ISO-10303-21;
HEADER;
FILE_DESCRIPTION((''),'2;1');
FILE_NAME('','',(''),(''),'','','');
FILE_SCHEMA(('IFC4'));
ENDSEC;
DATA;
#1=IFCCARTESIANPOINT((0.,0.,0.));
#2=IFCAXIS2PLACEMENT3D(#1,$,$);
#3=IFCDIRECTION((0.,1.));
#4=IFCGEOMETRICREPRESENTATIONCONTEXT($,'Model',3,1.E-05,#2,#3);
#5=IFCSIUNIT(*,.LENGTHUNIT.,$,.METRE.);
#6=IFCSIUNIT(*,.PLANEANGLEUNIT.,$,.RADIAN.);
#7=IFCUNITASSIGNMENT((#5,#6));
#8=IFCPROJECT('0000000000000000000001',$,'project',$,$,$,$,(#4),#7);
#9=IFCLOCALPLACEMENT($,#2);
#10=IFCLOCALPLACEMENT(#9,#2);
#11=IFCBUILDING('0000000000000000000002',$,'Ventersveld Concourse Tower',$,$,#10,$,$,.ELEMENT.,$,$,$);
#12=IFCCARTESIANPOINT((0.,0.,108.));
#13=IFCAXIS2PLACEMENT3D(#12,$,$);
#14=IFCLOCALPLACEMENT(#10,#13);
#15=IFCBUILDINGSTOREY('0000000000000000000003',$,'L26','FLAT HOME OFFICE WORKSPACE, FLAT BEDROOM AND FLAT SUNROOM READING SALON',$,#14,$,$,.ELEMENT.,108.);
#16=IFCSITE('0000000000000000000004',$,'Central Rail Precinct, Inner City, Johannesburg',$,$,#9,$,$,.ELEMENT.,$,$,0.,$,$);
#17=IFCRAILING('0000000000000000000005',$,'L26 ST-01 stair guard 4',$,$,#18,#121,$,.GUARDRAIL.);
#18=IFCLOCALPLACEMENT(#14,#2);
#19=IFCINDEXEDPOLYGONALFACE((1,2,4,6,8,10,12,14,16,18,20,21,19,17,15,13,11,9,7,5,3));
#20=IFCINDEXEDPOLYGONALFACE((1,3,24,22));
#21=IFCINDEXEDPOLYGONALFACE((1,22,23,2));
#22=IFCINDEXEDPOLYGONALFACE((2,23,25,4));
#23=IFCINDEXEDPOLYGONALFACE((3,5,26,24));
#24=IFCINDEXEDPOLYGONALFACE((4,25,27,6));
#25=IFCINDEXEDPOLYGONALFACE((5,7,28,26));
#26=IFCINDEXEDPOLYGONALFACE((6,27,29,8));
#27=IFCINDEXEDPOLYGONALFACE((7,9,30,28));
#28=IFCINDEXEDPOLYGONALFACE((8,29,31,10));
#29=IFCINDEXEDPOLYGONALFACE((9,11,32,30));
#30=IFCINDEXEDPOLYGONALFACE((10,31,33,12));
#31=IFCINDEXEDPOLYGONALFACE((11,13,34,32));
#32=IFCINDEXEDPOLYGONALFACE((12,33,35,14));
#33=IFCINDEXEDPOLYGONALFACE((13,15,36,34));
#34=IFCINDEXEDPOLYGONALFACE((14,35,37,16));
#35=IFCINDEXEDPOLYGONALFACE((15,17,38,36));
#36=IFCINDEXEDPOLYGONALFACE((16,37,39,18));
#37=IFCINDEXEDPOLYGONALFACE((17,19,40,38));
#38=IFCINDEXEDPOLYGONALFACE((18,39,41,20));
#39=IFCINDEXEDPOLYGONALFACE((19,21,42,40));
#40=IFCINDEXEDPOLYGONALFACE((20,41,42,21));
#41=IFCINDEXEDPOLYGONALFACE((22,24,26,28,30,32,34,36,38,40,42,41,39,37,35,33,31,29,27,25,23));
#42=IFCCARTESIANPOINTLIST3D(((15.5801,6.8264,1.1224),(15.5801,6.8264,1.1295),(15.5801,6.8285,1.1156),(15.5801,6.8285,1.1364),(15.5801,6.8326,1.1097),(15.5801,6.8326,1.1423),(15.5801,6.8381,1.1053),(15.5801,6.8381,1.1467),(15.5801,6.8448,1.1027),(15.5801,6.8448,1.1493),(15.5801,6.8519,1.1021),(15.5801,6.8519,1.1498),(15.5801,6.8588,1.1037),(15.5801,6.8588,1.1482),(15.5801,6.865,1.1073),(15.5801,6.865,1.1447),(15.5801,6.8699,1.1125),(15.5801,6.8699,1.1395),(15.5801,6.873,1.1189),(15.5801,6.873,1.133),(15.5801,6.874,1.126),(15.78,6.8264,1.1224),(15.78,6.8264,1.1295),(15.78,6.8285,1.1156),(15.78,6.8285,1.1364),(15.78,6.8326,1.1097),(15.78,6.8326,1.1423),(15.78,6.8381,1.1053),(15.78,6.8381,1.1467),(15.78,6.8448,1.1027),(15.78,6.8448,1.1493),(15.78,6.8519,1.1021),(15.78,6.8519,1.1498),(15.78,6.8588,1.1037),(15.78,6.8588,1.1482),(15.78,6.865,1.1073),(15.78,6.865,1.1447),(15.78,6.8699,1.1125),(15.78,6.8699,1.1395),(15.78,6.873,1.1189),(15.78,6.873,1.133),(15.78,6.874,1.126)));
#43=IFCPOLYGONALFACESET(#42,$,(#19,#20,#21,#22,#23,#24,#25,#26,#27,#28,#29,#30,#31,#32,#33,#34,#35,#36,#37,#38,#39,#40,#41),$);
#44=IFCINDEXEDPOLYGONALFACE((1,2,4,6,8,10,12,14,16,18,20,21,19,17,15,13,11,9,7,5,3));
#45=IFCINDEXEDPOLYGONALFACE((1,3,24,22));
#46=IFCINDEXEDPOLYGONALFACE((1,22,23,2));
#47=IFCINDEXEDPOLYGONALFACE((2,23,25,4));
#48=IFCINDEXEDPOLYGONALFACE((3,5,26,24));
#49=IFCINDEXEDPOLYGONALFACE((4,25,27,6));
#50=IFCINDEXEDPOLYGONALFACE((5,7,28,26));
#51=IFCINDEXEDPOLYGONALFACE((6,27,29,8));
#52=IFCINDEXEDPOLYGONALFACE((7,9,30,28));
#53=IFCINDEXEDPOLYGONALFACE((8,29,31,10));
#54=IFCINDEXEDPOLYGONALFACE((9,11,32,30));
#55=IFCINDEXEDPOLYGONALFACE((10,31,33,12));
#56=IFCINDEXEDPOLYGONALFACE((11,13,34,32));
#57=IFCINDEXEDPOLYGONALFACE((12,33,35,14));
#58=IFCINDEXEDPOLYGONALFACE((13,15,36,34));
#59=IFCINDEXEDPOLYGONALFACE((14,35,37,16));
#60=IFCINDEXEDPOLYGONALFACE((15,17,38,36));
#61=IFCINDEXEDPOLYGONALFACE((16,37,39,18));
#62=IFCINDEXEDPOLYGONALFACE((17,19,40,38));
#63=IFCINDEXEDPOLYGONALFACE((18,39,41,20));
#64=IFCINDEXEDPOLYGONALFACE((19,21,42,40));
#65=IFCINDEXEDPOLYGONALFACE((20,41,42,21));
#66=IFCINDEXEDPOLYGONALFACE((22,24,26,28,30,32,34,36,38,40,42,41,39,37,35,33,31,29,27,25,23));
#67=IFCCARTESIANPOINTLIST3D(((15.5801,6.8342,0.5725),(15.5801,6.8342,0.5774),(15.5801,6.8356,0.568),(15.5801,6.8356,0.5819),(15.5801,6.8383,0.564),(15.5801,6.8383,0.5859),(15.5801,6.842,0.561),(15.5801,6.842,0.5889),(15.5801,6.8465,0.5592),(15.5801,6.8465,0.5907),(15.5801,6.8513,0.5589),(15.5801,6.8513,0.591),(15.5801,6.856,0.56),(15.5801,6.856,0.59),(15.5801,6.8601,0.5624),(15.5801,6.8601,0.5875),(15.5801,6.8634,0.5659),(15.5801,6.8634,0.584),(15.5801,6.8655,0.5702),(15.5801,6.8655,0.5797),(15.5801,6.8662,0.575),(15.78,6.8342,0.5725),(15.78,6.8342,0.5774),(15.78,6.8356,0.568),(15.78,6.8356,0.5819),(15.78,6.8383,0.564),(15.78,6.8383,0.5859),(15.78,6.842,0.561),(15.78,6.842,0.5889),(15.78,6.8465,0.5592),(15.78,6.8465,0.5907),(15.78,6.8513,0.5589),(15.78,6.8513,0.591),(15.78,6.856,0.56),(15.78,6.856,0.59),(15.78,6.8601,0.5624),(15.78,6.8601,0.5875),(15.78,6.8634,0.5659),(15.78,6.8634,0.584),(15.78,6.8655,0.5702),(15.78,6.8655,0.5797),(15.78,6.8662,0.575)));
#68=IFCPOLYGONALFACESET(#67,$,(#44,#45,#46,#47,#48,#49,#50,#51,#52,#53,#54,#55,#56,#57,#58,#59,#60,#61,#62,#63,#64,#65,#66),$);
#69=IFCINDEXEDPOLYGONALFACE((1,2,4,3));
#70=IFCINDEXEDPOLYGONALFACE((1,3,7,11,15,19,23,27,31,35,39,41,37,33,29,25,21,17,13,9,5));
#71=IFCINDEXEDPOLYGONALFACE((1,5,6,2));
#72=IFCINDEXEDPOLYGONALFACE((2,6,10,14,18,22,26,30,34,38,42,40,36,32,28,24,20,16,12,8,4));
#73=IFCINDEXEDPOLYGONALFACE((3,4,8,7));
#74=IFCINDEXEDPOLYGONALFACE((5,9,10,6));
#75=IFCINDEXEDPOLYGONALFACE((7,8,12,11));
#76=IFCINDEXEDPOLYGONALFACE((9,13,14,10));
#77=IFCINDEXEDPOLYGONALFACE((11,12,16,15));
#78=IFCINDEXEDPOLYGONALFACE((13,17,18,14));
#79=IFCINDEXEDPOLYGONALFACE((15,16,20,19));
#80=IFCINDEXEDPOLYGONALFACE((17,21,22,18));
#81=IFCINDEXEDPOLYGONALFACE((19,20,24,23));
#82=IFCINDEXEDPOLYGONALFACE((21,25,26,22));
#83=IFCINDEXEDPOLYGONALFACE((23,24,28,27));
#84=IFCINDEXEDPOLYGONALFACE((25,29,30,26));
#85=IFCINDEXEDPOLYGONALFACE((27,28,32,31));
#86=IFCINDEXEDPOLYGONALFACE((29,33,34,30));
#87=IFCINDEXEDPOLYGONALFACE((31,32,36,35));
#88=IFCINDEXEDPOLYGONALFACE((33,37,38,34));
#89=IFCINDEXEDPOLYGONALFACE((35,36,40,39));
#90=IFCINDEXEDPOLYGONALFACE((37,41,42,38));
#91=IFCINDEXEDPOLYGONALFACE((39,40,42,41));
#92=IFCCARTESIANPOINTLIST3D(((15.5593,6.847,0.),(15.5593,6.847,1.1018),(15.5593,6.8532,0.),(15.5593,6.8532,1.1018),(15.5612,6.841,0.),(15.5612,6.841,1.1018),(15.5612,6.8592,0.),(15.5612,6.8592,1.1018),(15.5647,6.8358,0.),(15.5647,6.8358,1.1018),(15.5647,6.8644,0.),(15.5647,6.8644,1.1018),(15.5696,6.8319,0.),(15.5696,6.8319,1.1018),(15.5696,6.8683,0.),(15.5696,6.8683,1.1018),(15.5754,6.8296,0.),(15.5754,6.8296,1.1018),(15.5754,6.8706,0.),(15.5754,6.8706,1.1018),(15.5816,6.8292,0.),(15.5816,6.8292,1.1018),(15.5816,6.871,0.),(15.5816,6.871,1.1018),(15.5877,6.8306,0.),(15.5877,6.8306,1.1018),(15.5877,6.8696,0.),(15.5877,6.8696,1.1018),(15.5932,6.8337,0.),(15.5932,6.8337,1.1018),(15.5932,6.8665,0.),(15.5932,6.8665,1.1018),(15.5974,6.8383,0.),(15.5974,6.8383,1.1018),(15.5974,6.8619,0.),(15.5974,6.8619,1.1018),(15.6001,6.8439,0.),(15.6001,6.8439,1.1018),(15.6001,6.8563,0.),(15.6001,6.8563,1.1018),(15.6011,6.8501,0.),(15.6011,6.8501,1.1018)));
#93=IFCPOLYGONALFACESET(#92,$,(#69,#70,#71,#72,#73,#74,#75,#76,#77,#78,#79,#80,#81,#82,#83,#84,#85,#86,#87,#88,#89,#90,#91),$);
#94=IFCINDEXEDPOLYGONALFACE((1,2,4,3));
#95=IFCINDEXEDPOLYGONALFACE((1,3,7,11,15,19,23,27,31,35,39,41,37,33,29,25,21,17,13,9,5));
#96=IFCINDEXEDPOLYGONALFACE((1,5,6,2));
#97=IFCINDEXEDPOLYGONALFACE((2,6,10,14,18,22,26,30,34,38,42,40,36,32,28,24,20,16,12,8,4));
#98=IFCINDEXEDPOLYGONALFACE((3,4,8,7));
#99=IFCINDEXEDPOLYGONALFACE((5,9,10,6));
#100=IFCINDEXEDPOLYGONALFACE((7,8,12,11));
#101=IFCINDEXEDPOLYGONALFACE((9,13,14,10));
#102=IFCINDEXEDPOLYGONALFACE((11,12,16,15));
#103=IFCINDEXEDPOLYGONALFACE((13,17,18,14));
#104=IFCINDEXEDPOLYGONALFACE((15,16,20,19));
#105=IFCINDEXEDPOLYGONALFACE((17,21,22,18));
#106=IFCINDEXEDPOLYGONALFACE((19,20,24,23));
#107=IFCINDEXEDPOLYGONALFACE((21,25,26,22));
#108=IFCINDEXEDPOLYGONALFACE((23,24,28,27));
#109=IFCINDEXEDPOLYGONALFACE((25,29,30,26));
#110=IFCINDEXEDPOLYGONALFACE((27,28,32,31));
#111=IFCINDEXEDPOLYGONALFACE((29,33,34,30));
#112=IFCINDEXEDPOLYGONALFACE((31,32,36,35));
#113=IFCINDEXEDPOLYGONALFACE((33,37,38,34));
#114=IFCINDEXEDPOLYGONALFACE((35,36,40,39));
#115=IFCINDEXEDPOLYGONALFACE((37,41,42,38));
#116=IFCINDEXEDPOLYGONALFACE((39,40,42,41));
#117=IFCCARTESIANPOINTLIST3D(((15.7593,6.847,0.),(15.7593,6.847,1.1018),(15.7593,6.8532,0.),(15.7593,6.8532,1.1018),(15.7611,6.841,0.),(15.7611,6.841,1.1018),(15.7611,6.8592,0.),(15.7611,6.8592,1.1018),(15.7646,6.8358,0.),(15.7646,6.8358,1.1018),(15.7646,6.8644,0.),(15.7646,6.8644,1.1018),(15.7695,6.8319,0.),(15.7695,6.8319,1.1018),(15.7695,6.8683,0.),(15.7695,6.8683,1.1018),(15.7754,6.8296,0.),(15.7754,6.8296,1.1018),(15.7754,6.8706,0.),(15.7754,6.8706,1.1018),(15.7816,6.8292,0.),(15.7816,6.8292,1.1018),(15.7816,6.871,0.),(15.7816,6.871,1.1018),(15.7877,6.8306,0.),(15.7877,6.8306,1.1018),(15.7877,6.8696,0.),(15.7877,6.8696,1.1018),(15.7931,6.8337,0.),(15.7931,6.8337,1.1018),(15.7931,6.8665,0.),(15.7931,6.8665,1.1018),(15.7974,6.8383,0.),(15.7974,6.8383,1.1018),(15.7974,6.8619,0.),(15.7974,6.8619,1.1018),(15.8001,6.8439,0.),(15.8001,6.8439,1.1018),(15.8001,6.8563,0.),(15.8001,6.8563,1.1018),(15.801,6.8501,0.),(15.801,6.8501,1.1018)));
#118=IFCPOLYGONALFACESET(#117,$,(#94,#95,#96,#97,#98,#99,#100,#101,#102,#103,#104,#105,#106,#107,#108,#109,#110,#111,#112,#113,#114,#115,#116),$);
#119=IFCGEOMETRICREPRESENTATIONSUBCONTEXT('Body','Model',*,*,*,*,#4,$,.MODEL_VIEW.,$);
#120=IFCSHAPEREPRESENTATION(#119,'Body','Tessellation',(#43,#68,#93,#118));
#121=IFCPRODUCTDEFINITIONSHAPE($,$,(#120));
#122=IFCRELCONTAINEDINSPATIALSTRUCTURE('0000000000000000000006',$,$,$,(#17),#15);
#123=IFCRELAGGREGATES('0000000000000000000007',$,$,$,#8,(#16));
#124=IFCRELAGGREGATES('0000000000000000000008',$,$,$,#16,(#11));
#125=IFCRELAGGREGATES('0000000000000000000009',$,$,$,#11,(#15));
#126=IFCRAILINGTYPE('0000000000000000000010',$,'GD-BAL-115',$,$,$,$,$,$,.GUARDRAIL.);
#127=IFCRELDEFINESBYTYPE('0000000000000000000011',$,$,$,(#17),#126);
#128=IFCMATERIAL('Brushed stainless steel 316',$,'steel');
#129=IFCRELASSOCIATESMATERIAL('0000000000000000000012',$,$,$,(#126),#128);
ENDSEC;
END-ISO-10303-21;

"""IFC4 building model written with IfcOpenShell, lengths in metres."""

from ifc_helpers import new_model, si_unit, direction, frame, origin, origin_2d, place, context, subcontext, project, spatial, circle, extrude, material, type_object, element, save


model = new_model("IFC4")

# Units and contexts
model_context = context("Model", 3, precision=1e-05, world=origin(), true_north=direction((0.0, 1.0)))
body_context = subcontext(model_context, "Body", "Model", "MODEL_VIEW")
ifc_project = project(units=[si_unit("LENGTHUNIT", "METRE"), si_unit("PLANEANGLEUNIT", "RADIAN")], contexts=[model_context])

# Site, building, storey
site_placement = place(None, origin())
site = spatial("IfcSite", under=ifc_project, at=site_placement, Name="Central Rail Precinct, Inner City, Johannesburg", CompositionType="ELEMENT", RefElevation=0.0)
building_placement = place(site_placement, origin())
building = spatial("IfcBuilding", under=site, at=building_placement, Name="Ventersveld Concourse Tower", CompositionType="ELEMENT")
storey_placement = place(building_placement, frame((0.0, 0.0, 108.0)))
storey = spatial("IfcBuildingStorey", under=building, at=storey_placement, Name="L26", Description="FLAT HOME OFFICE WORKSPACE, FLAT BEDROOM AND FLAT SUNROOM READING SALON", CompositionType="ELEMENT", Elevation=108.0)

# Railing
ifc_material_1 = material(Name="Brushed stainless steel 316", Category="steel")
railing_type_1 = type_object("IfcRailingType", Name="GD-BAL-115", PredefinedType="GUARDRAIL", material=ifc_material_1)
railing_1_placement = place(storey_placement, frame((15.5801, 6.8501, 0.0)))
element("IfcRailing", 1, at=railing_1_placement, inside=storey, type_object=railing_type_1, Name="L26 ST-01 stair guard 4", PredefinedType="GUARDRAIL", context=body_context, shape_type="SweptSolid", body=[
    extrude(circle(Radius=0.0239, at=origin_2d()), frame((0.0, 0.0, 1.126), z_axis=(1.0, 0.0, 0.0), x_axis=(0.0, 1.0, 0.0)), (0.0, 0.0, 1.0), 0.2),
    extrude(circle(Radius=0.0161, at=origin_2d()), frame((0.0, 0.0, 0.575), z_axis=(1.0, 0.0, 0.0), x_axis=(0.0, 1.0, 0.0)), (0.0, 0.0, 1.0), 0.2),
    extrude(circle(Radius=0.021, at=origin_2d()), origin(), (0.0, 0.0, 1.0), 1.1018),
    extrude(circle(Radius=0.021, at=origin_2d()), frame((0.2, 0.0, 0.0)), (0.0, 0.0, 1.0), 1.1018),
])

save(model, "model.ifc")
